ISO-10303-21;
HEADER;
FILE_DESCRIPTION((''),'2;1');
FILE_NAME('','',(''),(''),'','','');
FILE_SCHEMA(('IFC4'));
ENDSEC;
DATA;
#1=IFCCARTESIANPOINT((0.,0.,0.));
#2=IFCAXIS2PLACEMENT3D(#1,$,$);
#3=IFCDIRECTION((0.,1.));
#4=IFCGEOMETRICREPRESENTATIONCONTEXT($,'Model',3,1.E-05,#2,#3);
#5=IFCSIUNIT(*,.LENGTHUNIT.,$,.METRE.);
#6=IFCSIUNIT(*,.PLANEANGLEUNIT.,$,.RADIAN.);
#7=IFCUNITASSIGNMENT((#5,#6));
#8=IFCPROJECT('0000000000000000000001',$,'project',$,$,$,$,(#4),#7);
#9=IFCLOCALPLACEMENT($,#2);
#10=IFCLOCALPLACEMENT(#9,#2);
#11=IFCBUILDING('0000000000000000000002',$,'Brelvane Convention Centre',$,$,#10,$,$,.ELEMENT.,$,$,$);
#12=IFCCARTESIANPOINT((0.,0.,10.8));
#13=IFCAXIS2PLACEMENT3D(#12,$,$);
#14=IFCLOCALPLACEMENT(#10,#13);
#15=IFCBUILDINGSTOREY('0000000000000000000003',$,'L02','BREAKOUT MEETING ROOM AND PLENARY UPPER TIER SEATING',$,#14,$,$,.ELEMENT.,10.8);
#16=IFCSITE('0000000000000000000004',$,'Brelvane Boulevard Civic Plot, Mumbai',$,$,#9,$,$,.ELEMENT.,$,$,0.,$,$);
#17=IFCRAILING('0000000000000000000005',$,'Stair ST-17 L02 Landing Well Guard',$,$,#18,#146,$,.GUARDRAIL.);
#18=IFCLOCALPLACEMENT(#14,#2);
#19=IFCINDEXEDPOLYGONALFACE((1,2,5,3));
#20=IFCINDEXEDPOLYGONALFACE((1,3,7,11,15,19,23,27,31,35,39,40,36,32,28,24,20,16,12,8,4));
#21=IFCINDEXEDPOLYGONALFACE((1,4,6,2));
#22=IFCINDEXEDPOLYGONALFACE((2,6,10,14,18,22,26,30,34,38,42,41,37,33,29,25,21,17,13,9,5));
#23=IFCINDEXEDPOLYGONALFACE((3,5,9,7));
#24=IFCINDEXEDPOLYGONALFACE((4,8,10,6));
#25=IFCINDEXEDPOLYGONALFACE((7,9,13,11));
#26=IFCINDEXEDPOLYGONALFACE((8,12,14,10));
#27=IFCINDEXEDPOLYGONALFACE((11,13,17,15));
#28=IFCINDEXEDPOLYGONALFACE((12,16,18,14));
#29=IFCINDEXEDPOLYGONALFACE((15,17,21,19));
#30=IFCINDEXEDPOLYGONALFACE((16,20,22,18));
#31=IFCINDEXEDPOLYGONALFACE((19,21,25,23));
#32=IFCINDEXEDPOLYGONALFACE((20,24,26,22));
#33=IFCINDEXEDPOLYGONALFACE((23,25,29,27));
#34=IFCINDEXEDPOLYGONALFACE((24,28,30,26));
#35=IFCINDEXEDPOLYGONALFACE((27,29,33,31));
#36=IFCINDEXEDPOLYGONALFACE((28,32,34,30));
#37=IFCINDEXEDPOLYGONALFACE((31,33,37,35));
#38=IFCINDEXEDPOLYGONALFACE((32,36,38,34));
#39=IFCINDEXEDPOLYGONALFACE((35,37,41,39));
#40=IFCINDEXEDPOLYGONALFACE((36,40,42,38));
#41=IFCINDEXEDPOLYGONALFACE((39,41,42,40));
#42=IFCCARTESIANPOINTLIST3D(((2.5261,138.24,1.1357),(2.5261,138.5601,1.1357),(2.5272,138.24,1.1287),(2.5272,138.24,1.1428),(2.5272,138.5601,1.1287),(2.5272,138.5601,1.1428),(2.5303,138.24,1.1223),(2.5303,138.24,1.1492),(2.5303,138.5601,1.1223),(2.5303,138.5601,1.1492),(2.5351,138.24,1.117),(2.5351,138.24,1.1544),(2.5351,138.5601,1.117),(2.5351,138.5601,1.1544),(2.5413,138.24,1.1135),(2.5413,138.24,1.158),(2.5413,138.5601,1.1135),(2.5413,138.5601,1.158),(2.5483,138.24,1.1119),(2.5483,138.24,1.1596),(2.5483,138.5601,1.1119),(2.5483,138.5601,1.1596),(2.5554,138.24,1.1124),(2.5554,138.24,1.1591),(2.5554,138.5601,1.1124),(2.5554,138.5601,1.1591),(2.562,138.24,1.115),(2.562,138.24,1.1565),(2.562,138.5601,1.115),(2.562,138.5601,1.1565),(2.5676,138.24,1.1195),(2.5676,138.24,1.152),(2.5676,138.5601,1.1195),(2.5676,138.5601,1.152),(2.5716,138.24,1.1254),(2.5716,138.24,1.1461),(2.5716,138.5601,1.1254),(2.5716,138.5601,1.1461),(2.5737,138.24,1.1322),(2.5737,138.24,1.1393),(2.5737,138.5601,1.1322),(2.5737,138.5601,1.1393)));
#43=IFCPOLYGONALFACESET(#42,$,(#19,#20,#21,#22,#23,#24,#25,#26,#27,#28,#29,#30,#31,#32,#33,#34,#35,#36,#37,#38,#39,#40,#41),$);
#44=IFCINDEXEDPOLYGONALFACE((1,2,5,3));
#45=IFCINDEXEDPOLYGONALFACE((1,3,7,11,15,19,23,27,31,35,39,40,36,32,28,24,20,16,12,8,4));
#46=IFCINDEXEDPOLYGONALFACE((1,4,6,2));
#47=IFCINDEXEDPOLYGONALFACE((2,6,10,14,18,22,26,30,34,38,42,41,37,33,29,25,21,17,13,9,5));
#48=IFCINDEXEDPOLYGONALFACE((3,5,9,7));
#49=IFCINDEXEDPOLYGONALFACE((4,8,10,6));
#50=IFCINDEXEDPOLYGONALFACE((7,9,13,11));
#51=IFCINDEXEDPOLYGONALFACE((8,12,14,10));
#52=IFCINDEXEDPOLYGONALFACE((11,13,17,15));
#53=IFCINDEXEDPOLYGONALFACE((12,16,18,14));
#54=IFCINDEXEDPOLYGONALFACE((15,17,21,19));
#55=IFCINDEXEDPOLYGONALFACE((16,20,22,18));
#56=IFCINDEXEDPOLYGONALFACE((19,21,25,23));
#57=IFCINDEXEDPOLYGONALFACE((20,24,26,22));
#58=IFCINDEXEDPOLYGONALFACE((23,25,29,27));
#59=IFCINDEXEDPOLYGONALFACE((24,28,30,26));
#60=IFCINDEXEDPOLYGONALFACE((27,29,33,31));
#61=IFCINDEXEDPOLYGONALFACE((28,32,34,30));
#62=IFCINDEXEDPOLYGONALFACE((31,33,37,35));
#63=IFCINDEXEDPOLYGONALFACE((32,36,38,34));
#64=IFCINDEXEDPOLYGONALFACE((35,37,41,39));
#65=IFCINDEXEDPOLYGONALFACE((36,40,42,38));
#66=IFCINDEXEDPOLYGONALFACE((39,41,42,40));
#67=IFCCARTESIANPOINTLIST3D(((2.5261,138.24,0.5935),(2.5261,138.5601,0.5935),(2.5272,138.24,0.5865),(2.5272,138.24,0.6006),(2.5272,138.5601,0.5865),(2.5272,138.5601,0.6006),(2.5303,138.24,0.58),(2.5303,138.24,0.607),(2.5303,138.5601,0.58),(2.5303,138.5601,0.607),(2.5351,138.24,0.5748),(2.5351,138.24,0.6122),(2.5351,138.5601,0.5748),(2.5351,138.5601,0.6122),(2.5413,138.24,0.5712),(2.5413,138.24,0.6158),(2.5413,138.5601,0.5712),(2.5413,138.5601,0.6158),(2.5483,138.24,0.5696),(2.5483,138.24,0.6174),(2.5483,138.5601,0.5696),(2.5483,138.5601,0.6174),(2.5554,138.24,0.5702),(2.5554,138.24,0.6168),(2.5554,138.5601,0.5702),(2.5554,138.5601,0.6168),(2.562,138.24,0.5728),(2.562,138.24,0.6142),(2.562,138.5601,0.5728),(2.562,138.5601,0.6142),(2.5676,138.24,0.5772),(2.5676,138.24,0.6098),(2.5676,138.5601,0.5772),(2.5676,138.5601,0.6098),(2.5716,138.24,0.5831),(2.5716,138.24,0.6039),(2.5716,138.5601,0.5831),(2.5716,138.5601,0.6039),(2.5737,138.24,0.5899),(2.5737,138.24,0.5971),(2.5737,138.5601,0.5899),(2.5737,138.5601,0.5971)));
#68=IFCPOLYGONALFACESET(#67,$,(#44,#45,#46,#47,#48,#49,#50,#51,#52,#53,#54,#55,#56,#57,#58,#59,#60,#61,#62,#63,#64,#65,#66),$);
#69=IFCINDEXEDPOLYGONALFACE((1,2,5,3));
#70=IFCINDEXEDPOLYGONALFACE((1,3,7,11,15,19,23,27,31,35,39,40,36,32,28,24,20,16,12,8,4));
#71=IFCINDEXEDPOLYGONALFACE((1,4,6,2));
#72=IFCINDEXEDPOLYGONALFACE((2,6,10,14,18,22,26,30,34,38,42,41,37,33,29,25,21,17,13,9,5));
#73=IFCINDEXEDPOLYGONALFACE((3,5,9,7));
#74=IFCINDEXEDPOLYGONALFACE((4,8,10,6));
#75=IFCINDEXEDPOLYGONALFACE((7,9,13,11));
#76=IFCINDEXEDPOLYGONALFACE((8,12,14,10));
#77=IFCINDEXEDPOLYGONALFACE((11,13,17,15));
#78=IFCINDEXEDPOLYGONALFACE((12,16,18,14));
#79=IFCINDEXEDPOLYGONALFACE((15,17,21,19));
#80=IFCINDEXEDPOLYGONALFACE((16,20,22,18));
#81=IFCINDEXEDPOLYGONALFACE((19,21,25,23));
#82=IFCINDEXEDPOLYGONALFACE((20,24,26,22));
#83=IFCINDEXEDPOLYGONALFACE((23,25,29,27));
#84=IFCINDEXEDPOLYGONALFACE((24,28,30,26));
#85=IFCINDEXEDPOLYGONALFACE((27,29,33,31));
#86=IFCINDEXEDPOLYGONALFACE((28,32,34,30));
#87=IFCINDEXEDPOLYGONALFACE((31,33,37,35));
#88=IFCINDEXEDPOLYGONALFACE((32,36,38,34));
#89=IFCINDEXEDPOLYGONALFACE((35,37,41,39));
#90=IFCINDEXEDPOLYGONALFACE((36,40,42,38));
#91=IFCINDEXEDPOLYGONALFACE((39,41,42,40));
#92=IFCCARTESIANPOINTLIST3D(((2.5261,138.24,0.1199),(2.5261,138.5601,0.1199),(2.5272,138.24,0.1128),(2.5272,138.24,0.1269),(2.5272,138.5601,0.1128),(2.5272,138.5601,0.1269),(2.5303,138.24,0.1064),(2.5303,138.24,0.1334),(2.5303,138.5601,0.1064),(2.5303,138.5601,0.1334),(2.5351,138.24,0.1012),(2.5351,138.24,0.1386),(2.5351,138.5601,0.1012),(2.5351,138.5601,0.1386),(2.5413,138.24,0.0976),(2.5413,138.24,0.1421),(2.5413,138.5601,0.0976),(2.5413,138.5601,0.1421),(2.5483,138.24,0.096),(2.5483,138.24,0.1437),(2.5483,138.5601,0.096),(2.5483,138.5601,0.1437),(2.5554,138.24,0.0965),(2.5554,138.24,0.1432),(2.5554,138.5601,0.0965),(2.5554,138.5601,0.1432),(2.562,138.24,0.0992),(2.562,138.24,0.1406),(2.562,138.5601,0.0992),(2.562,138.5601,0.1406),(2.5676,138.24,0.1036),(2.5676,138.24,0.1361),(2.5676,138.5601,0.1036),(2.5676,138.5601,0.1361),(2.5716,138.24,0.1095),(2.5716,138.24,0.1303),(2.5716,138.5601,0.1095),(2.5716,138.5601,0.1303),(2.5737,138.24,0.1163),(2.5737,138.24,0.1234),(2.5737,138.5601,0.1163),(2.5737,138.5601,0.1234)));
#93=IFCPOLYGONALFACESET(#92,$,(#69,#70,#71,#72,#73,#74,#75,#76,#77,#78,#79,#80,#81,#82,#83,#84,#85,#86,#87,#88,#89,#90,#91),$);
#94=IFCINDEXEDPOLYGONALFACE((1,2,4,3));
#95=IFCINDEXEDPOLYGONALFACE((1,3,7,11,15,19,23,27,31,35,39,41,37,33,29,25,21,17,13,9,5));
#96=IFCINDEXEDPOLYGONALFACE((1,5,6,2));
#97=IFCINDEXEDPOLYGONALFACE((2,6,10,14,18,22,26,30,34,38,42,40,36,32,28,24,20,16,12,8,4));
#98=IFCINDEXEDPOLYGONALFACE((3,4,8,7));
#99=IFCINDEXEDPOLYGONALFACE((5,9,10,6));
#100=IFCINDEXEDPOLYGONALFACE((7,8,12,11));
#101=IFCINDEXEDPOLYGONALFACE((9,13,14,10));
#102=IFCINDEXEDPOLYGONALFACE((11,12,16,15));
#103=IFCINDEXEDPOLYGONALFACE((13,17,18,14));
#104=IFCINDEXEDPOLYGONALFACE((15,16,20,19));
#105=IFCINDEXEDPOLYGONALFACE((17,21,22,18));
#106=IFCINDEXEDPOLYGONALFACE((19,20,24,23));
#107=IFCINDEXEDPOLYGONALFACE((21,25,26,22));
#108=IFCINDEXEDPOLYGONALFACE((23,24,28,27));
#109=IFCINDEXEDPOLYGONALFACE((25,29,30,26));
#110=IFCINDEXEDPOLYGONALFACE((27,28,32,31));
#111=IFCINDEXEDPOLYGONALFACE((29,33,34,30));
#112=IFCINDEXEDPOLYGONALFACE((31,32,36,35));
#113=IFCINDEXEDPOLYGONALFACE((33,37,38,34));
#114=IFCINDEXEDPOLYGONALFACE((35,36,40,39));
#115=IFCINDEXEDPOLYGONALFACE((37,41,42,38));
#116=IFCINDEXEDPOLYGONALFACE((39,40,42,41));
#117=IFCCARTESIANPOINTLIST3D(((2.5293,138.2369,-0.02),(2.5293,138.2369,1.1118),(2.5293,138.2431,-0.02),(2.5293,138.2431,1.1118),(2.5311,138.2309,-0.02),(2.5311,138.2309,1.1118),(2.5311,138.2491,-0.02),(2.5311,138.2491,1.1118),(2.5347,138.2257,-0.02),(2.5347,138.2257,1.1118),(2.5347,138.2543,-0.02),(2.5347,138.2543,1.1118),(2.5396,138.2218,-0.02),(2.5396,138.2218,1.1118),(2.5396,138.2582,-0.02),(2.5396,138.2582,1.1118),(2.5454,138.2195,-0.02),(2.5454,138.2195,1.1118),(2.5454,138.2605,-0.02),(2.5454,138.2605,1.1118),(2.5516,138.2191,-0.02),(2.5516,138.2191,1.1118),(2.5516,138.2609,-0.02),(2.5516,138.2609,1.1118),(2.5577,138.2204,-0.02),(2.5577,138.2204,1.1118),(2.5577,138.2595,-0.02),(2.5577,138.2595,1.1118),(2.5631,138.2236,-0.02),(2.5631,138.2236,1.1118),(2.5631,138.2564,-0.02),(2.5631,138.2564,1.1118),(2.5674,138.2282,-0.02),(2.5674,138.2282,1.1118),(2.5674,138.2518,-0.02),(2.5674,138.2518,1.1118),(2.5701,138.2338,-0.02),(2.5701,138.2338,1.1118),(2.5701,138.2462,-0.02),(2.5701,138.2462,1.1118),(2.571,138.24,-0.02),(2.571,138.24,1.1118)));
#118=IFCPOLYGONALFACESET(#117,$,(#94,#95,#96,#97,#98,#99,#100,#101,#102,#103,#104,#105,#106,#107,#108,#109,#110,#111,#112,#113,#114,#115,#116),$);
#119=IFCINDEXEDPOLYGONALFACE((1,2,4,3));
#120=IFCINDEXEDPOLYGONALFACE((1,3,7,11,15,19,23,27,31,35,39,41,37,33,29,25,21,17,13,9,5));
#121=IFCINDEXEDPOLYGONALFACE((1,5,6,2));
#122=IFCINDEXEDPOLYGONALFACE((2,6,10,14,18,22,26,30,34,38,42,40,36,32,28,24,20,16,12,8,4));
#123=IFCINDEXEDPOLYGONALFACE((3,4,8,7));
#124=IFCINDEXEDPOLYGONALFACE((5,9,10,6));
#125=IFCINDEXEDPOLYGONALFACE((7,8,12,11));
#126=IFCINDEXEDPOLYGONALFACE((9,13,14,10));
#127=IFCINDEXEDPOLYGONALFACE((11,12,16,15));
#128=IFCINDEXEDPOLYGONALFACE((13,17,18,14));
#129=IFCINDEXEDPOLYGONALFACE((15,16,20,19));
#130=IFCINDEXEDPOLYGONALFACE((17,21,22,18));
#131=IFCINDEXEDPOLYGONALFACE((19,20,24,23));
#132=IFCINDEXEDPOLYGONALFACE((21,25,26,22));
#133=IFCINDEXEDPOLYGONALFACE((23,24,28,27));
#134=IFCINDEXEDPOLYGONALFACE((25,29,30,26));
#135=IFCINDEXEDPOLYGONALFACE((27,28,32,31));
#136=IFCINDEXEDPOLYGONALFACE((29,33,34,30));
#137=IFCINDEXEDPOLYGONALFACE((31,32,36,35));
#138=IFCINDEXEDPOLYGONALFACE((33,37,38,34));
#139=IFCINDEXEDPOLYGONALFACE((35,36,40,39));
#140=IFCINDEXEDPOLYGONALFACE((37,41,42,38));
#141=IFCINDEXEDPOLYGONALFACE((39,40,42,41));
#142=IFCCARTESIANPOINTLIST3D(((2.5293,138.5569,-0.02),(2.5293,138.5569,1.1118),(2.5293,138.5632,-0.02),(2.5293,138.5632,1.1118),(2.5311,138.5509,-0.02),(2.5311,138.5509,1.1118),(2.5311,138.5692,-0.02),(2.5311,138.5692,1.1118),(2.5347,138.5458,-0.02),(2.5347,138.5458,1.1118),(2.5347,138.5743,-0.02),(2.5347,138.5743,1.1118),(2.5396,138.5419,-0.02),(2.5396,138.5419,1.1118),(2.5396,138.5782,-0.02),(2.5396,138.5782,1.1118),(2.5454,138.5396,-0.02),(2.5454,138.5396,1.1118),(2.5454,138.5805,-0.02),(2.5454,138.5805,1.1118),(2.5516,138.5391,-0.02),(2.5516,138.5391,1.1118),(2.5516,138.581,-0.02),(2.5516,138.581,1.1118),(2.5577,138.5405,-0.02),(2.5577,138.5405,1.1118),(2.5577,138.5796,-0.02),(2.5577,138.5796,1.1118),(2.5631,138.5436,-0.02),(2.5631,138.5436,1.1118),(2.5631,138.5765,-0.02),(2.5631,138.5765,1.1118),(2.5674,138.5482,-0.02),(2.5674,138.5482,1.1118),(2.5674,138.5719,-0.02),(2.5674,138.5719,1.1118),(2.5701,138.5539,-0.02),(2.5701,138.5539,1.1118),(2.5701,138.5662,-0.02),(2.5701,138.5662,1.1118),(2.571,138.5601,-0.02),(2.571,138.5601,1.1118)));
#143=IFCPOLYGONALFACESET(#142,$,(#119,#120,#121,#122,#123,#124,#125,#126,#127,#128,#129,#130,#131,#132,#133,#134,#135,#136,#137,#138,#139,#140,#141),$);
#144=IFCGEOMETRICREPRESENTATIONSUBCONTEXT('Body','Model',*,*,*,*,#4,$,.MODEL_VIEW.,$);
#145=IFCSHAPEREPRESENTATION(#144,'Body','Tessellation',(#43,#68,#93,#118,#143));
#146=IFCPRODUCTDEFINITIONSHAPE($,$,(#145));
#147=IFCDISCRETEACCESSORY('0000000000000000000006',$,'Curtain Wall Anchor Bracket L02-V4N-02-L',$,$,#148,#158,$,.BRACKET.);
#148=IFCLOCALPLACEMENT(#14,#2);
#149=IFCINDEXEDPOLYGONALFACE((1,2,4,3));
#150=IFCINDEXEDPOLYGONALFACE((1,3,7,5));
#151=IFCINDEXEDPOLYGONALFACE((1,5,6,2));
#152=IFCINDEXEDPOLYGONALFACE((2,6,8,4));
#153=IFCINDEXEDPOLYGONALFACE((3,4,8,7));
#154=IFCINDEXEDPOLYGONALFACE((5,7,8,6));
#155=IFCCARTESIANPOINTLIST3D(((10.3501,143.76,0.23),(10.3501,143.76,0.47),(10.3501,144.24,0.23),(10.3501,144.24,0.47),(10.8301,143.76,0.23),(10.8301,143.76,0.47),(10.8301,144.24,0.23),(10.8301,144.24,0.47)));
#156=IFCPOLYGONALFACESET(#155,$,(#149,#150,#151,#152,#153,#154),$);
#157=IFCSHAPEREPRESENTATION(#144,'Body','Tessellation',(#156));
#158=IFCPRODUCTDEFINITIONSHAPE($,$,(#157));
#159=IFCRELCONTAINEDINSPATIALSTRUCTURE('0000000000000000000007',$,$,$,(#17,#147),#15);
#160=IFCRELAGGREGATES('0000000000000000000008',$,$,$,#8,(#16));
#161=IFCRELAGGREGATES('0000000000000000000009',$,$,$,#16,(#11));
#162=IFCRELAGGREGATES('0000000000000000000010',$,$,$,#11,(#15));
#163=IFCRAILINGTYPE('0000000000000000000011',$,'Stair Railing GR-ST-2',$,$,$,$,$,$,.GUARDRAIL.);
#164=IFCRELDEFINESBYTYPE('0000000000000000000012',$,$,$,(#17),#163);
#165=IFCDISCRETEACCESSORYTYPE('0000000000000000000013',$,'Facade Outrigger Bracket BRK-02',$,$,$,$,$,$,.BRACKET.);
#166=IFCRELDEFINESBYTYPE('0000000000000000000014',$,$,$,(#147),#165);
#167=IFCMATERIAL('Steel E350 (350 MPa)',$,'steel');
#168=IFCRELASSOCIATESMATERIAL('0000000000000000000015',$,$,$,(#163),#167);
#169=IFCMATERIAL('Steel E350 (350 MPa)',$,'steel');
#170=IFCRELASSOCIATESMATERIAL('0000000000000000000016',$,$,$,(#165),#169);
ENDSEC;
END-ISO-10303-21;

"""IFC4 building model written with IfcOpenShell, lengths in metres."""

from ifc_helpers import new_model, si_unit, direction, frame, origin, origin_2d, place, context, subcontext, project, spatial, rectangle, circle, extrude, material, type_object, element, save


model = new_model("IFC4")

# Units and contexts
model_context = context("Model", 3, precision=1e-05, world=origin(), true_north=direction((0.0, 1.0)))
body_context = subcontext(model_context, "Body", "Model", "MODEL_VIEW")
ifc_project = project(units=[si_unit("LENGTHUNIT", "METRE"), si_unit("PLANEANGLEUNIT", "RADIAN")], contexts=[model_context])

# Site, building, storey
site_placement = place(None, origin())
site = spatial("IfcSite", under=ifc_project, at=site_placement, Name="Brelvane Boulevard Civic Plot, Mumbai", CompositionType="ELEMENT", RefElevation=0.0)
building_placement = place(site_placement, origin())
building = spatial("IfcBuilding", under=site, at=building_placement, Name="Brelvane Convention Centre", CompositionType="ELEMENT")
storey_placement = place(building_placement, frame((0.0, 0.0, 10.8)))
storey = spatial("IfcBuildingStorey", under=building, at=storey_placement, Name="L02", Description="BREAKOUT MEETING ROOM AND PLENARY UPPER TIER SEATING", CompositionType="ELEMENT", Elevation=10.8)

# Railing
ifc_material_1 = material(Name="Steel E350 (350 MPa)", Category="steel")
railing_type_1 = type_object("IfcRailingType", Name="Stair Railing GR-ST-2", PredefinedType="GUARDRAIL", material=ifc_material_1)
railing_1_placement = place(storey_placement, frame((2.55, 138.24, -0.02)))
element("IfcRailing", 1, at=railing_1_placement, inside=storey, type_object=railing_type_1, Name="Stair ST-17 L02 Landing Well Guard", PredefinedType="GUARDRAIL", context=body_context, shape_type="SweptSolid", body=[
    extrude(circle(Radius=0.0239, at=origin_2d()), frame((0.0, 0.0, 1.1558), z_axis=(0.0, 1.0, 0.0), x_axis=(-1.0, 0.0, 0.0)), (0.0, 0.0, 1.0), 0.3201),
    extrude(circle(Radius=0.0239, at=origin_2d()), frame((0.0, 0.0, 0.6135), z_axis=(0.0, 1.0, 0.0), x_axis=(-1.0, 0.0, 0.0)), (0.0, 0.0, 1.0), 0.3201),
    extrude(circle(Radius=0.0239, at=origin_2d()), frame((0.0, 0.0, 0.1399), z_axis=(0.0, 1.0, 0.0), x_axis=(-1.0, 0.0, 0.0)), (0.0, 0.0, 1.0), 0.3201),
    extrude(circle(Radius=0.021, at=origin_2d()), origin(), (0.0, 0.0, 1.0), 1.1318),
    extrude(circle(Radius=0.021, at=origin_2d()), frame((0.0, 0.3201, 0.0)), (0.0, 0.0, 1.0), 1.1318),
])

# Discrete accessory
ifc_material_2 = material(Name="Steel E350 (350 MPa)", Category="steel")
discrete_accessory_type = type_object("IfcDiscreteAccessoryType", Name="Facade Outrigger Bracket BRK-02", PredefinedType="BRACKET", material=ifc_material_2)
discrete_accessory_placement = place(storey_placement, frame((10.5901, 144.0, 0.23), z_axis=(0.0, 0.0, 1.0), x_axis=(1.0, 0.0, 0.0)))
element("IfcDiscreteAccessory", 2, at=discrete_accessory_placement, inside=storey, type_object=discrete_accessory_type, Name="Curtain Wall Anchor Bracket L02-V4N-02-L", PredefinedType="BRACKET", context=body_context, shape_type="SweptSolid", body=[
    extrude(rectangle(XDim=0.48, YDim=0.48, at=origin_2d()), origin(), (0.0, 0.0, 1.0), 0.24),
])

save(model, "model.ifc")
